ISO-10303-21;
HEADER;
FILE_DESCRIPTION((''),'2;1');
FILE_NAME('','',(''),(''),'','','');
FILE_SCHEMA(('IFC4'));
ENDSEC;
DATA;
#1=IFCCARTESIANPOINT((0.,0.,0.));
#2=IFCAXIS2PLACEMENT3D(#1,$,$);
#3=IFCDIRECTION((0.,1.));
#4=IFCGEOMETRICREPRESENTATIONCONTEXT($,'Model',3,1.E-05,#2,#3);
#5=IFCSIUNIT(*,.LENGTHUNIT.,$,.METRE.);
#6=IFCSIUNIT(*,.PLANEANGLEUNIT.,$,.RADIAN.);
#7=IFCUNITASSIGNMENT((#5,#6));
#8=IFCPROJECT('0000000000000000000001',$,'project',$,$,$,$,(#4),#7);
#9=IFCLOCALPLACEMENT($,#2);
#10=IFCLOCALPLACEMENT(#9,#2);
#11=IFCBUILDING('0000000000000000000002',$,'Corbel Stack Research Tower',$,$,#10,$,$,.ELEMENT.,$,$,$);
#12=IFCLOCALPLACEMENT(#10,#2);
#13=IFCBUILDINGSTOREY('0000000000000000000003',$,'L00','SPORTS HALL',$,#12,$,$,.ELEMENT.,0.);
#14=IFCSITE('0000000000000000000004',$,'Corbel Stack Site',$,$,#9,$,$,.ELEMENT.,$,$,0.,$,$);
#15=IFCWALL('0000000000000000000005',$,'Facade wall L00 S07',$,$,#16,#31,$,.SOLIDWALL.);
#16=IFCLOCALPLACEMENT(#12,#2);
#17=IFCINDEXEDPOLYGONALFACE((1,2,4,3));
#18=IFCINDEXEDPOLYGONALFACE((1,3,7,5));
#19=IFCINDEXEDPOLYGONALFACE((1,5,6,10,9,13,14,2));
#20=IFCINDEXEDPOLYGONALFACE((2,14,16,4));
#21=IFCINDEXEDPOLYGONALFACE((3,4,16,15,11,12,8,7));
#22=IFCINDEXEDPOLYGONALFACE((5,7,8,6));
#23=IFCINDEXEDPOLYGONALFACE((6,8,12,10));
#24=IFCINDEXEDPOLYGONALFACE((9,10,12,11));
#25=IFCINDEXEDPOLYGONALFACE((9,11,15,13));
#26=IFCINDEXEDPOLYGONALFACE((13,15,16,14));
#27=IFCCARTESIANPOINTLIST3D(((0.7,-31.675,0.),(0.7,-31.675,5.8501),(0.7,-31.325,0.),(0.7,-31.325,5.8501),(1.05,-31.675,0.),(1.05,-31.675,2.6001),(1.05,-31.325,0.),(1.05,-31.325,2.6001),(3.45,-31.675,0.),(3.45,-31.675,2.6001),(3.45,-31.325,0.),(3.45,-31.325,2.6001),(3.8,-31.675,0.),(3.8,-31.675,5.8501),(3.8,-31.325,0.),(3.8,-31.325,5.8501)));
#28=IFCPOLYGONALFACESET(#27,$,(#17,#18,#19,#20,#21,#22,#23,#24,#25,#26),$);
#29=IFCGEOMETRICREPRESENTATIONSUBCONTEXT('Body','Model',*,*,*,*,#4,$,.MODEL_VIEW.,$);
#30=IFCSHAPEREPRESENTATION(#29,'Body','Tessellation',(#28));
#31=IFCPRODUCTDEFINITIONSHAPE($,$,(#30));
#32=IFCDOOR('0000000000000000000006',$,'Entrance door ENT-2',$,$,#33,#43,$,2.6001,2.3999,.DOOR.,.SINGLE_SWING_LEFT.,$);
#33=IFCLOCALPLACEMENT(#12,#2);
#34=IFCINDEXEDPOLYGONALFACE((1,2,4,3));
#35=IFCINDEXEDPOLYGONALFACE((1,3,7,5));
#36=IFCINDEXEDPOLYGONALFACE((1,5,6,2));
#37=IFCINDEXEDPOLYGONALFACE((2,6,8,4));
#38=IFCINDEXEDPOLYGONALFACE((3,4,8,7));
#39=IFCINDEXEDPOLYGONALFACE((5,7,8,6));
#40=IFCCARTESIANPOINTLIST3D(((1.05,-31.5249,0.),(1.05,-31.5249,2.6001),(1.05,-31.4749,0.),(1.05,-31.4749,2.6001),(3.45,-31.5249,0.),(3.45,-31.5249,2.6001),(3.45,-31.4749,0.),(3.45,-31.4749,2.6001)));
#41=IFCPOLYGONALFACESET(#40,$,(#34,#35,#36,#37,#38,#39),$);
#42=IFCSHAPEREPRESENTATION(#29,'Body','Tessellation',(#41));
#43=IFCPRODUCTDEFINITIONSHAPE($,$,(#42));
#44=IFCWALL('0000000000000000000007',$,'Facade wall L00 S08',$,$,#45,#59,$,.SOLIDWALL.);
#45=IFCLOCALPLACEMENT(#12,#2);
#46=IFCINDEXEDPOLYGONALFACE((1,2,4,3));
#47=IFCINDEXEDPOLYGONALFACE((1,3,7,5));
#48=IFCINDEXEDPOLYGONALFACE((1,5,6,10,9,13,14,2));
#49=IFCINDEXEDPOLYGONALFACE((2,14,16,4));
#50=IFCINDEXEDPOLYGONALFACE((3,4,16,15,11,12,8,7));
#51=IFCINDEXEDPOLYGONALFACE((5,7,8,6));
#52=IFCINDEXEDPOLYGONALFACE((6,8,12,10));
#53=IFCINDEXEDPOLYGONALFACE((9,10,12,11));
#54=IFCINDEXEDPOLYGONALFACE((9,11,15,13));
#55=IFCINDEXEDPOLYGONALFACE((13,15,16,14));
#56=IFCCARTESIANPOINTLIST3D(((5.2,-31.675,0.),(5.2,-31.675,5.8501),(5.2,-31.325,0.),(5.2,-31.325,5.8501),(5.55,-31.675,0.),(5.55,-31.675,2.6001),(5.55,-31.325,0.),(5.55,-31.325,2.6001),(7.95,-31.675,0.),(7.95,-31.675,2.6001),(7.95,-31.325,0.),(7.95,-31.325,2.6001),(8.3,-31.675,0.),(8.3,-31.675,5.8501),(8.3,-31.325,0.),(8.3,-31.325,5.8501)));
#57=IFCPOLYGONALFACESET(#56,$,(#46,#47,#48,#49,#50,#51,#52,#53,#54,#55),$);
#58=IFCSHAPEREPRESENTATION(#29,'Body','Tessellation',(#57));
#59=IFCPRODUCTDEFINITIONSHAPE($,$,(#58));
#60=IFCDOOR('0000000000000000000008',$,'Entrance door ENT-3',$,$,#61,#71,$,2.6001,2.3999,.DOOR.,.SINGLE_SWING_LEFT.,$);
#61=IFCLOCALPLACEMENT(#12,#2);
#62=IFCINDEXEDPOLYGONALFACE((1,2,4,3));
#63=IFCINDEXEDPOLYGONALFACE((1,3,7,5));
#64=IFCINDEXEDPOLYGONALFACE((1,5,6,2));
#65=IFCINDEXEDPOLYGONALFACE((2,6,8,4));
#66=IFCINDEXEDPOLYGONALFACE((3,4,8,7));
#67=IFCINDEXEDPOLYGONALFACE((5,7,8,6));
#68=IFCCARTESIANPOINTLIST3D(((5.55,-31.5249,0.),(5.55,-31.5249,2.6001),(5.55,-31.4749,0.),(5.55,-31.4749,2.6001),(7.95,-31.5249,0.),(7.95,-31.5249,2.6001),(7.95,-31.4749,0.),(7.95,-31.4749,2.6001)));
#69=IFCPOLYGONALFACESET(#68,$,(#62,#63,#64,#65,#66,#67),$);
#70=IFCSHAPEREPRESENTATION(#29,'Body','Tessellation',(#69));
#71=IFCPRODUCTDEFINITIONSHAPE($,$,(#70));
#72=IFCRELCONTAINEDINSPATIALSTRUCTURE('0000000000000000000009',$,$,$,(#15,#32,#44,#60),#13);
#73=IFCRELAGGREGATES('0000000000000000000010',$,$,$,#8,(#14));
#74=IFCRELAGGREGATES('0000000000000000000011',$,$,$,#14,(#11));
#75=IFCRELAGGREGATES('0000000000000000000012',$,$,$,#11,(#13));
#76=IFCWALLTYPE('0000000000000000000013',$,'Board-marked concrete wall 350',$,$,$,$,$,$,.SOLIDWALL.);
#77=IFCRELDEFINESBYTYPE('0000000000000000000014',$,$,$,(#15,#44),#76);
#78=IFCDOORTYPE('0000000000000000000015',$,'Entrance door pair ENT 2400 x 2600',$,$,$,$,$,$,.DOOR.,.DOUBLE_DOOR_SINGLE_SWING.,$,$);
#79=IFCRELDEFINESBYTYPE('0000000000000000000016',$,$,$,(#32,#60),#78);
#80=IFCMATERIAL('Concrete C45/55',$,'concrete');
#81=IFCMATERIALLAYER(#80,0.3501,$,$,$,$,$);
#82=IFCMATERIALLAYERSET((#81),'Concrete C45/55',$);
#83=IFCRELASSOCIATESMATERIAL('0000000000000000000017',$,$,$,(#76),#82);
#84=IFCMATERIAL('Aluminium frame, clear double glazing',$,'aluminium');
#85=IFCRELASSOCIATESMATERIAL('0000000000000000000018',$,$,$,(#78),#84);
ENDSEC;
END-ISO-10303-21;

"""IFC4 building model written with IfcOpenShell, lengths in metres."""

from ifc_helpers import new_model, si_unit, direction, frame, frame_2d, origin, place, context, subcontext, project, spatial, rectangle, extrude, material, layer, layer_set, type_object, element, fill, save


model = new_model("IFC4")

# Units and contexts
model_context = context("Model", 3, precision=1e-05, world=origin(), true_north=direction((0.0, 1.0)))
body_context = subcontext(model_context, "Body", "Model", "MODEL_VIEW")
ifc_project = project(units=[si_unit("LENGTHUNIT", "METRE"), si_unit("PLANEANGLEUNIT", "RADIAN")], contexts=[model_context])

# Site, building, storey
site_placement = place(None, origin())
site = spatial("IfcSite", under=ifc_project, at=site_placement, Name="Corbel Stack Site", CompositionType="ELEMENT", RefElevation=0.0)
building_placement = place(site_placement, origin())
building = spatial("IfcBuilding", under=site, at=building_placement, Name="Corbel Stack Research Tower", CompositionType="ELEMENT")
storey_placement = place(building_placement, origin())
storey = spatial("IfcBuildingStorey", under=building, at=storey_placement, Name="L00", Description="SPORTS HALL", CompositionType="ELEMENT", Elevation=0.0)

# Walls, openings, doors
ifc_material_1 = material(Name="Concrete C45/55", Category="concrete")
ifc_layer_1 = layer(ifc_material_1, 0.3501)
ifc_layer_set_1 = layer_set([ifc_layer_1], Name="Concrete C45/55")
wall_type = type_object("IfcWallType", Name="Board-marked concrete wall 350", PredefinedType="SOLIDWALL", material=ifc_layer_set_1)
ifc_material_2 = material(Name="Aluminium frame, clear double glazing", Category="aluminium")
door_type = type_object("IfcDoorType", Name="Entrance door pair ENT 2400 x 2600", OperationType="DOUBLE_DOOR_SINGLE_SWING", PredefinedType="DOOR", material=ifc_material_2)
wall_1_placement = place(storey_placement, frame((3.8, -31.5, 0.0), z_axis=(0.0, 0.0, 1.0), x_axis=(-1.0, 0.0, 0.0)))
wall_1 = element("IfcWall", 1, at=wall_1_placement, inside=storey, type_object=wall_type, Name="Facade wall L00 S07", PredefinedType="SOLIDWALL", context=body_context, shape_type="SweptSolid", body=[
    extrude(rectangle(XDim=3.1001, YDim=0.3501, at=frame_2d((1.55, 0.0))), origin(), (0.0, 0.0, 1.0), 5.8501),
])
opening_1_placement = place(wall_1_placement, frame((0.3501, 0.0, 0.0)))
opening_1 = element("IfcOpeningElement", 2, at=opening_1_placement, cuts=wall_1, PredefinedType="OPENING", context=body_context, shape_type="SweptSolid", body=[
    extrude(rectangle(XDim=2.3999, YDim=2.6001, at=frame_2d((1.2, 1.3))), frame((0.0, 0.1851, 0.0), z_axis=(0.0, -1.0, 0.0), x_axis=(1.0, 0.0, 0.0)), (0.0, 0.0, 1.0), 0.3701),
])
door_1_placement = place(opening_1_placement, origin())
door_1 = element("IfcDoor", 3, at=door_1_placement, inside=storey, type_object=door_type, Name="Entrance door ENT-2", OperationType="SINGLE_SWING_LEFT", OverallHeight=2.6001, OverallWidth=2.3999, PredefinedType="DOOR", context=body_context, shape_type="SweptSolid", body=[
    extrude(rectangle(XDim=2.3999, YDim=2.6001, at=frame_2d((1.2, 1.3))), frame((0.0, 0.0249, 0.0), z_axis=(0.0, -1.0, 0.0), x_axis=(1.0, 0.0, 0.0)), (0.0, 0.0, 1.0), 0.05),
])
fill(opening_1, door_1)
wall_2_placement = place(storey_placement, frame((8.3, -31.5, 0.0), z_axis=(0.0, 0.0, 1.0), x_axis=(-1.0, 0.0, 0.0)))
wall_2 = element("IfcWall", 4, at=wall_2_placement, inside=storey, type_object=wall_type, Name="Facade wall L00 S08", PredefinedType="SOLIDWALL", context=body_context, shape_type="SweptSolid", body=[
    extrude(rectangle(XDim=3.1001, YDim=0.3501, at=frame_2d((1.55, 0.0))), origin(), (0.0, 0.0, 1.0), 5.8501),
])
opening_2_placement = place(wall_2_placement, frame((0.3501, 0.0, 0.0)))
opening_2 = element("IfcOpeningElement", 5, at=opening_2_placement, cuts=wall_2, PredefinedType="OPENING", context=body_context, shape_type="SweptSolid", body=[
    extrude(rectangle(XDim=2.3999, YDim=2.6001, at=frame_2d((1.2, 1.3))), frame((0.0, 0.1851, 0.0), z_axis=(0.0, -1.0, 0.0), x_axis=(1.0, 0.0, 0.0)), (0.0, 0.0, 1.0), 0.3701),
])
door_2_placement = place(opening_2_placement, origin())
door_2 = element("IfcDoor", 6, at=door_2_placement, inside=storey, type_object=door_type, Name="Entrance door ENT-3", OperationType="SINGLE_SWING_LEFT", OverallHeight=2.6001, OverallWidth=2.3999, PredefinedType="DOOR", context=body_context, shape_type="SweptSolid", body=[
    extrude(rectangle(XDim=2.3999, YDim=2.6001, at=frame_2d((1.2, 1.3))), frame((0.0, 0.0249, 0.0), z_axis=(0.0, -1.0, 0.0), x_axis=(1.0, 0.0, 0.0)), (0.0, 0.0, 1.0), 0.05),
])
fill(opening_2, door_2)

save(model, "model.ifc")
